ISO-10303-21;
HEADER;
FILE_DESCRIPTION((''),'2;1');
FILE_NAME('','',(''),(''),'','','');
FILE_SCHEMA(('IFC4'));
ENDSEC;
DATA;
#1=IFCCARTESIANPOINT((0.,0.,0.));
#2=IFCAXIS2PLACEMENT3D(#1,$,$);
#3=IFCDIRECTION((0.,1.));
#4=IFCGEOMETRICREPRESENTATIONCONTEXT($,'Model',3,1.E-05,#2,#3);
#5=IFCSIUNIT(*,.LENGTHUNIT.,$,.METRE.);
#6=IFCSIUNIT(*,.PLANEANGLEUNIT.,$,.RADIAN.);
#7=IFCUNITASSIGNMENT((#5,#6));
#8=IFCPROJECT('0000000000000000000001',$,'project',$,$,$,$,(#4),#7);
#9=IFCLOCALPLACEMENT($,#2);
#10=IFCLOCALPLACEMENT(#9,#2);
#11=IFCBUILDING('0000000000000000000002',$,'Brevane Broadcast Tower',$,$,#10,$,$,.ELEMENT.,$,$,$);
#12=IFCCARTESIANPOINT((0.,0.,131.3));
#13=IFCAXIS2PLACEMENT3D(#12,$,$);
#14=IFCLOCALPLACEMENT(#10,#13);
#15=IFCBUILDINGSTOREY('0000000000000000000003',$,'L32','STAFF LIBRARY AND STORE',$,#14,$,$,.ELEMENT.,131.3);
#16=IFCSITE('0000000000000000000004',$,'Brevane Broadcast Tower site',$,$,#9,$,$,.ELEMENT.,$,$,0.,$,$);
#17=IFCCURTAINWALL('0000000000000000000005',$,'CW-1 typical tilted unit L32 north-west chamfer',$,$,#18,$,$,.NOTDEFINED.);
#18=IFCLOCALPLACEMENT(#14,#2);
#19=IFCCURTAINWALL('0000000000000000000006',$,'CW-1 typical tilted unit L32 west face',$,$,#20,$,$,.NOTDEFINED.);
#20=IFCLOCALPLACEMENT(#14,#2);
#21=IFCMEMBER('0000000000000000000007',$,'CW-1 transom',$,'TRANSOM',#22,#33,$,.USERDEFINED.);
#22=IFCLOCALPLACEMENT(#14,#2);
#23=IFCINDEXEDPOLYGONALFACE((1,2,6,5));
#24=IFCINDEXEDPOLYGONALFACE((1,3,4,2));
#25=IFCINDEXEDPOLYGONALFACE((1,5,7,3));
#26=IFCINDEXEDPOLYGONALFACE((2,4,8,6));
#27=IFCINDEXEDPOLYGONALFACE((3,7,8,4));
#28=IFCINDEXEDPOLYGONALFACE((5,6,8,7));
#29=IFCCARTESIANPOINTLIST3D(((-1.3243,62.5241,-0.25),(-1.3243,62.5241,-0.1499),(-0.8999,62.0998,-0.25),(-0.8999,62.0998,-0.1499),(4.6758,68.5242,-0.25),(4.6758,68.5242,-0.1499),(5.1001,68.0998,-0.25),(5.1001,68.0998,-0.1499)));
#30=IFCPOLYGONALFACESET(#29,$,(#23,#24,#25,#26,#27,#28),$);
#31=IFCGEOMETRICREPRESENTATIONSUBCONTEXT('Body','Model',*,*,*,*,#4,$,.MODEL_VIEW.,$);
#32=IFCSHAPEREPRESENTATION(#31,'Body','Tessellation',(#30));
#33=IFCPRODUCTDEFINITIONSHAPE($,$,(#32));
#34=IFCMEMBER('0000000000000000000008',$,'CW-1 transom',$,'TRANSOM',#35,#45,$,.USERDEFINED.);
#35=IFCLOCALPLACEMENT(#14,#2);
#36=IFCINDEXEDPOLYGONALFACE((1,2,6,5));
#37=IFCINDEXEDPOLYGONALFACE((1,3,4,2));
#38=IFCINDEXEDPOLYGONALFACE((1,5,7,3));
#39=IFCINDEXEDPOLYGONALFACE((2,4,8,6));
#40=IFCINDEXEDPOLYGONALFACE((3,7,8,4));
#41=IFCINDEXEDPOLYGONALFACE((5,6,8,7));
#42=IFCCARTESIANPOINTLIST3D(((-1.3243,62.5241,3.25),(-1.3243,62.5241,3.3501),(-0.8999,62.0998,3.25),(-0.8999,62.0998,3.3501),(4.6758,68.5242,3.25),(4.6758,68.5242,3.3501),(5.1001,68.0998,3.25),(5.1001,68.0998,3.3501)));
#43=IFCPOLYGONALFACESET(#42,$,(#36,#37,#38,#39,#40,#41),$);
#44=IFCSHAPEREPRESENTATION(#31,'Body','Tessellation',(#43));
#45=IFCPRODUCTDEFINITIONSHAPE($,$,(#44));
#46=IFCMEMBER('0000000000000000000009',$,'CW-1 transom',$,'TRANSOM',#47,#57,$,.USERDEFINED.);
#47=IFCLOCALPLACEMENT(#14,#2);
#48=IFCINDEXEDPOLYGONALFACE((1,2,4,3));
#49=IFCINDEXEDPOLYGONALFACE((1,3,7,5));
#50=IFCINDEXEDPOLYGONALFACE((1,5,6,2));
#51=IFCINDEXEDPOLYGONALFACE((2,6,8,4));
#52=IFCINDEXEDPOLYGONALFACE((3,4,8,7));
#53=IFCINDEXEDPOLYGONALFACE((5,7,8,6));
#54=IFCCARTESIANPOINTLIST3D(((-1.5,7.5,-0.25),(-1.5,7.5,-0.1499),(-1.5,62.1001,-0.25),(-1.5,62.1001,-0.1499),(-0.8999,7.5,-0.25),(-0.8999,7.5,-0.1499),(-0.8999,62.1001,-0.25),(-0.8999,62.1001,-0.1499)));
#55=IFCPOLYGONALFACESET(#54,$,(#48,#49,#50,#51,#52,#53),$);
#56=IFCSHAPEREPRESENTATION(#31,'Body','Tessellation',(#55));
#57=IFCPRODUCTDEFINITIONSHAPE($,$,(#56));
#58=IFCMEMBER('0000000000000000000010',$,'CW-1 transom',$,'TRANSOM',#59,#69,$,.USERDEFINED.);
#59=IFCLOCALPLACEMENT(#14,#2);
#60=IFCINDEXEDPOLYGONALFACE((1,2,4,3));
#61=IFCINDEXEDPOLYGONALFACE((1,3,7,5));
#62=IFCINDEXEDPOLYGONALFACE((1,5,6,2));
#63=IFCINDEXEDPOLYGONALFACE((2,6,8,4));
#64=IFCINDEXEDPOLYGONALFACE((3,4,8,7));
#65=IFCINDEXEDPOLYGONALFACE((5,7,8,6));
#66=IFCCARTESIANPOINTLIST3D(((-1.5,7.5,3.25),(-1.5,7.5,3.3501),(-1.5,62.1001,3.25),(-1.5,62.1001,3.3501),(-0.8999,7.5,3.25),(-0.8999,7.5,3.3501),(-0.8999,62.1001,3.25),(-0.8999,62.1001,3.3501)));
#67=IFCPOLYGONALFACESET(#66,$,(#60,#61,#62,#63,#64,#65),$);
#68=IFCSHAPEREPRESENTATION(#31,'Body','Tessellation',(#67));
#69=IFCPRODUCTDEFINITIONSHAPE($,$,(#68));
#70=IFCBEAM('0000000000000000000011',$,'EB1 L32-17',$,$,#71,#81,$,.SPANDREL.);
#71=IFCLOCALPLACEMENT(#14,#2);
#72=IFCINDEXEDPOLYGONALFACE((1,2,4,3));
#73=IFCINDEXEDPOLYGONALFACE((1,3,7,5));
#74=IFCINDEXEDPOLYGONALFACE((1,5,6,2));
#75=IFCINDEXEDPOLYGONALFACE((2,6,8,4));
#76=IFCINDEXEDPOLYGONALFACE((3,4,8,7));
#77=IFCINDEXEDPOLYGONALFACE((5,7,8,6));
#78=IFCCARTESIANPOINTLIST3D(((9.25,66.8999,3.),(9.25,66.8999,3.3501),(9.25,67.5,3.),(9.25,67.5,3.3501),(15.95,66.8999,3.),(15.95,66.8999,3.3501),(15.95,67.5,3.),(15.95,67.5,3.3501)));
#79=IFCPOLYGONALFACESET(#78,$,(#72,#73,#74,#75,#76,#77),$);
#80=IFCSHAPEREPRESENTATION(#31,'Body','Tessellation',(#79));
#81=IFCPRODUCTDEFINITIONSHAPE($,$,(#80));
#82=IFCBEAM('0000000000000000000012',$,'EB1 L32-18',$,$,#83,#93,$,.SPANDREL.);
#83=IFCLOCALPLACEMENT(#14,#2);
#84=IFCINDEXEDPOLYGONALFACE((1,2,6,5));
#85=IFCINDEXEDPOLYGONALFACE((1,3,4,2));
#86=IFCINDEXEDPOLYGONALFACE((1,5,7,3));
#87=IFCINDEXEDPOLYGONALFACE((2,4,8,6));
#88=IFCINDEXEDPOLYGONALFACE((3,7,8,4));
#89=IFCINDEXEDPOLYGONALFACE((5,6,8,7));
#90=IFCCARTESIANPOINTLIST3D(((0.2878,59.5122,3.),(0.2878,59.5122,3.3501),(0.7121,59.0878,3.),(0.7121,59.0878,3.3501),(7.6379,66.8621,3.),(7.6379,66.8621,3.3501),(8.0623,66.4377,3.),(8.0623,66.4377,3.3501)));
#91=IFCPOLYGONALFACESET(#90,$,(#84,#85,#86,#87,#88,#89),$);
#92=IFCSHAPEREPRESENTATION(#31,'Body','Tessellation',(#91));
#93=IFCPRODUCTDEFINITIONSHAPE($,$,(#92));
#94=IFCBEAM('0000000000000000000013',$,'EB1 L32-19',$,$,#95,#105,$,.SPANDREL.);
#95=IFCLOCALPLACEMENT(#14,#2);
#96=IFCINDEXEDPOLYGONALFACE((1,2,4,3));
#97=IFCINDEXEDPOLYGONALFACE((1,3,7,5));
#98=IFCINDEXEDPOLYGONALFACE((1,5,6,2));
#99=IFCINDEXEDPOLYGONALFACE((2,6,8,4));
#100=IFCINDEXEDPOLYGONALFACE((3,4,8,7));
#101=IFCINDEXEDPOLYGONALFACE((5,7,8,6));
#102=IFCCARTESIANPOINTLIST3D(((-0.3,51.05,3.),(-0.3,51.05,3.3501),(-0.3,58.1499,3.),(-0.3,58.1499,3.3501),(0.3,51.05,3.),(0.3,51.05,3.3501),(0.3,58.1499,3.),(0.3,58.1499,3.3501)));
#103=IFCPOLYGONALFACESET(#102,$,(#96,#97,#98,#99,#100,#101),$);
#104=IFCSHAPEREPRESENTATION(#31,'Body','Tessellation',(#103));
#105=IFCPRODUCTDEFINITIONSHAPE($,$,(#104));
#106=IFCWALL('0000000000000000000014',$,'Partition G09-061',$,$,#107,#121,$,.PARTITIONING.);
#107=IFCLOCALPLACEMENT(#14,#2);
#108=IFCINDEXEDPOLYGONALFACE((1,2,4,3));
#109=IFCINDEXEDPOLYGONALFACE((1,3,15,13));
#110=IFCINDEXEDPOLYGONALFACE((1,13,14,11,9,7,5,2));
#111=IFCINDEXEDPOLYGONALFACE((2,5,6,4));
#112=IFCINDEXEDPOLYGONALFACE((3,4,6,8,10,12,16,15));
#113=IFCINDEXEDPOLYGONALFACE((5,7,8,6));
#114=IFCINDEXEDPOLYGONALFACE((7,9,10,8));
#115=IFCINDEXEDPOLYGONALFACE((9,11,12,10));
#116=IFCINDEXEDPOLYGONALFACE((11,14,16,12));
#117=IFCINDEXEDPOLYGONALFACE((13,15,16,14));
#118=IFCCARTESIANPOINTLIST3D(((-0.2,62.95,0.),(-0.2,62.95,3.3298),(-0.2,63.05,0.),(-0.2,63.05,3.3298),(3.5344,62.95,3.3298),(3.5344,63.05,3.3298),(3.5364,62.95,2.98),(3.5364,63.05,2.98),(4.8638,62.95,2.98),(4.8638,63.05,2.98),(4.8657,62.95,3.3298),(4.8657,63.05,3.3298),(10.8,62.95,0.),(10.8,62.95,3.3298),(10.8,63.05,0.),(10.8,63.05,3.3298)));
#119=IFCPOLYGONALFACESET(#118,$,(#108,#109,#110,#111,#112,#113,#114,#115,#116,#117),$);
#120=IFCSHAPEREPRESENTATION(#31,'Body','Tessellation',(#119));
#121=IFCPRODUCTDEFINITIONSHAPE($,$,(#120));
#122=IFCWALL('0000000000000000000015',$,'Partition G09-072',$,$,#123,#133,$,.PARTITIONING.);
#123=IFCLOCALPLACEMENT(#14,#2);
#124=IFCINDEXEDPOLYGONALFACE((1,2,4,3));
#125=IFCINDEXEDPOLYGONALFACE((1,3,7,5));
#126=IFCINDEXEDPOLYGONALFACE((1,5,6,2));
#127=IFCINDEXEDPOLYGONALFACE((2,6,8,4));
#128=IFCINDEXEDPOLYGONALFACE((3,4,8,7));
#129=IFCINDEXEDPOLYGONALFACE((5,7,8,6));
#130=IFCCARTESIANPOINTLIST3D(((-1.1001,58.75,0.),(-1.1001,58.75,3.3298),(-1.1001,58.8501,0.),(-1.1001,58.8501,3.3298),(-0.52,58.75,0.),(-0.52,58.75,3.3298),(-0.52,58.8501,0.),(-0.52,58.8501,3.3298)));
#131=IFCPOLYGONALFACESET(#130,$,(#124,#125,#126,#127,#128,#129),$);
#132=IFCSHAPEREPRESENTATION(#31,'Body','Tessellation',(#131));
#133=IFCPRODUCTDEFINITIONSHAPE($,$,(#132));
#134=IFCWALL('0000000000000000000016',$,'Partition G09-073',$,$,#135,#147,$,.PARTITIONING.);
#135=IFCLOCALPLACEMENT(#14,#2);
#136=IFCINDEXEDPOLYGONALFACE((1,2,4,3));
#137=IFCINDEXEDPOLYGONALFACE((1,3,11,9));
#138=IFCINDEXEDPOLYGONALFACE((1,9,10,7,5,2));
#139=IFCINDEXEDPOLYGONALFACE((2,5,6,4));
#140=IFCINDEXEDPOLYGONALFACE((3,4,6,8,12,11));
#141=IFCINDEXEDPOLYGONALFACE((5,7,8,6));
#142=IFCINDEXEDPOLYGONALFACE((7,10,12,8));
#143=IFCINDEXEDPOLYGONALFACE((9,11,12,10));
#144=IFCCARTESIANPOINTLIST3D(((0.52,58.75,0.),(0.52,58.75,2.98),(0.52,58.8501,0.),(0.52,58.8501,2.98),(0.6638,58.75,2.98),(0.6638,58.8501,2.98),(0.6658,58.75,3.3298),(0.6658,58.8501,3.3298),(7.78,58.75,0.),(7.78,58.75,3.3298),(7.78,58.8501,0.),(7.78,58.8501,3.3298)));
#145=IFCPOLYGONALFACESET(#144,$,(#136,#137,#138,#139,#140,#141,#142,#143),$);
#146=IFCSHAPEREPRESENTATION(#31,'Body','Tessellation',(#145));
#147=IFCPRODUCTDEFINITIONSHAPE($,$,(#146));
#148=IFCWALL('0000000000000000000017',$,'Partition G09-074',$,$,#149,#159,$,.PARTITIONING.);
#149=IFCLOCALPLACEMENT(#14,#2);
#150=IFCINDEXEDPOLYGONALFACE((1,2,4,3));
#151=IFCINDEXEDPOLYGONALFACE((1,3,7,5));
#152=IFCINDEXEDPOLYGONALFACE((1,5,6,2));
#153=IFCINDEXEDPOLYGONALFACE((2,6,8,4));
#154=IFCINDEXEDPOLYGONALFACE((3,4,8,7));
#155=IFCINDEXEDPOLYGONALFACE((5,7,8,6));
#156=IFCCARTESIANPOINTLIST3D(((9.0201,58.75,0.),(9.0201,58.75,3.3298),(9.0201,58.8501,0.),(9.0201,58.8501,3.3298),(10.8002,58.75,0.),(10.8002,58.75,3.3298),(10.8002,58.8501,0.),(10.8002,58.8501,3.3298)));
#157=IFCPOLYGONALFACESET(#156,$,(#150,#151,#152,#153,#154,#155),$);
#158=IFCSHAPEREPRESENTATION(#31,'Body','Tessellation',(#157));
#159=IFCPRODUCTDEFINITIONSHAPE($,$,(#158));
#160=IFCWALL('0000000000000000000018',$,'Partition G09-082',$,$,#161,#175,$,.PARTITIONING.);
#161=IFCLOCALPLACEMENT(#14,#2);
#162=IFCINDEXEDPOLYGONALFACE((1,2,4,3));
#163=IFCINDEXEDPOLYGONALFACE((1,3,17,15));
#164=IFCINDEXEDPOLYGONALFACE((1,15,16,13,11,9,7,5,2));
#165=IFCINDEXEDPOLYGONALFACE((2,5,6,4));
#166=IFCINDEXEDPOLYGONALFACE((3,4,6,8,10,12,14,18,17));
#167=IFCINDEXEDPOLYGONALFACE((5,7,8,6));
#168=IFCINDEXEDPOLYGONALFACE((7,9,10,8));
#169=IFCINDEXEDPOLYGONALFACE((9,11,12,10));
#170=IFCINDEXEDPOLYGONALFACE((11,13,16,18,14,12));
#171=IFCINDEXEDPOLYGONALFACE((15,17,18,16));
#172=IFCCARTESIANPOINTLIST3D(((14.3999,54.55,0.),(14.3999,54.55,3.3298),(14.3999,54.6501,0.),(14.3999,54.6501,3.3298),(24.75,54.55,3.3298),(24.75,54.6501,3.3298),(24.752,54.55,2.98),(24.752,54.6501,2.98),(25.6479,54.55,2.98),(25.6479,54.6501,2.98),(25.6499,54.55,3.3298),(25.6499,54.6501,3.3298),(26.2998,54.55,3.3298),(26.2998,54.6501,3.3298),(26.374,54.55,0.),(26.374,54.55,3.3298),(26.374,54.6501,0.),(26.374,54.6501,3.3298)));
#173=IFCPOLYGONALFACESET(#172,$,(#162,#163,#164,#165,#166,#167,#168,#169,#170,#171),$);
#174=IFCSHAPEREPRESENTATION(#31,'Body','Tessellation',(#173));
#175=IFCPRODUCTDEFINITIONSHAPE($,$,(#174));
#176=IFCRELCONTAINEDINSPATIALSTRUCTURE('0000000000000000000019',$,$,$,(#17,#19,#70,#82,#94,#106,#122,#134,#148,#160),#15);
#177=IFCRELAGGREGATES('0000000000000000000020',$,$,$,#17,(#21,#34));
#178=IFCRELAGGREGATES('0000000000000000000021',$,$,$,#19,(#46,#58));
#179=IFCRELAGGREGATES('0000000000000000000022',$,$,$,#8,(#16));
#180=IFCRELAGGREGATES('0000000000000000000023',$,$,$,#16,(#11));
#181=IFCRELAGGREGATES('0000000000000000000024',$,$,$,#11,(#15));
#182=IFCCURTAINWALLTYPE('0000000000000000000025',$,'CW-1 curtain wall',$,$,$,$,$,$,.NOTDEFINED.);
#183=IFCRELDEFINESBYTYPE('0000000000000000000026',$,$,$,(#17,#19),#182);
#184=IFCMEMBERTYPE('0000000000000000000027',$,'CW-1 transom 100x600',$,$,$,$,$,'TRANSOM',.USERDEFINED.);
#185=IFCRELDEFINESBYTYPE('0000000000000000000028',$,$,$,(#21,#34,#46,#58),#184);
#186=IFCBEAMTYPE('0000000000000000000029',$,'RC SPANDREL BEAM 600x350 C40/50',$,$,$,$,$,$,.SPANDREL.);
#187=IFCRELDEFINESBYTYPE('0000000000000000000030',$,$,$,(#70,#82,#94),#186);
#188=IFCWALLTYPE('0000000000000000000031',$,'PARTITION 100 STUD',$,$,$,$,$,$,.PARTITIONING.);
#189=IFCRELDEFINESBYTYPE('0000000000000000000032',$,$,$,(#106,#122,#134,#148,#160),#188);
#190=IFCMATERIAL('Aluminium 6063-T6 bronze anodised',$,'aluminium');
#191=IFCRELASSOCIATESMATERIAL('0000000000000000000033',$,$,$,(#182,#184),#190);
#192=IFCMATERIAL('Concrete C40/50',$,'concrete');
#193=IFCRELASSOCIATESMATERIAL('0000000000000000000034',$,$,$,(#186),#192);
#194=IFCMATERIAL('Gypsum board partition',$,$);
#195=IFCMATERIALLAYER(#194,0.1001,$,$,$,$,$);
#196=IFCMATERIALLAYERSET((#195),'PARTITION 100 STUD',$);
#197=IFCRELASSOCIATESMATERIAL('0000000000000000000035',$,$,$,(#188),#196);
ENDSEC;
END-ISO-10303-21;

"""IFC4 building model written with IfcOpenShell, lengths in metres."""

from ifc_helpers import new_model, si_unit, direction, frame, frame_2d, origin, origin_2d, place, context, subcontext, project, spatial, polyline, rectangle, outline, extrude, material, layer, layer_set, material_profile, profile_set, type_object, element, aggregate, save


model = new_model("IFC4")

# Units and contexts
model_context = context("Model", 3, precision=1e-05, world=origin(), true_north=direction((0.0, 1.0)))
body_context = subcontext(model_context, "Body", "Model", "MODEL_VIEW")
ifc_project = project(units=[si_unit("LENGTHUNIT", "METRE"), si_unit("PLANEANGLEUNIT", "RADIAN")], contexts=[model_context])

# Site, building, storey
site_placement = place(None, origin())
site = spatial("IfcSite", under=ifc_project, at=site_placement, Name="Brevane Broadcast Tower site", CompositionType="ELEMENT", RefElevation=0.0)
building_placement = place(site_placement, origin())
building = spatial("IfcBuilding", under=site, at=building_placement, Name="Brevane Broadcast Tower", CompositionType="ELEMENT")
storey_placement = place(building_placement, frame((0.0, 0.0, 131.3)))
storey = spatial("IfcBuildingStorey", under=building, at=storey_placement, Name="L32", Description="STAFF LIBRARY AND STORE", CompositionType="ELEMENT", Elevation=131.3)

# Curtain walls
ifc_material_1 = material(Name="Aluminium 6063-T6 bronze anodised", Category="aluminium")
curtain_wall_type = type_object("IfcCurtainWallType", Name="CW-1 curtain wall", PredefinedType="NOTDEFINED", material=ifc_material_1)
curtain_wall_1_placement = place(storey_placement, origin())
curtain_wall_1 = element("IfcCurtainWall", 1, at=curtain_wall_1_placement, inside=storey, type_object=curtain_wall_type, Name="CW-1 typical tilted unit L32 north-west chamfer", PredefinedType="NOTDEFINED")
curtain_wall_2_placement = place(storey_placement, origin())
curtain_wall_2 = element("IfcCurtainWall", 2, at=curtain_wall_2_placement, inside=storey, type_object=curtain_wall_type, Name="CW-1 typical tilted unit L32 west face", PredefinedType="NOTDEFINED")

# Members
ifc_material_profile_1 = material_profile(ifc_material_1, rectangle(XDim=0.6001, YDim=0.1001, at=origin_2d()), Name="RECT 100x600")
ifc_profile_set_1 = profile_set([ifc_material_profile_1], Name="Aluminium 6063-T6 bronze anodised")
member_type_1 = type_object("IfcMemberType", Name="CW-1 transom 100x600", ElementType="TRANSOM", PredefinedType="USERDEFINED", material=ifc_profile_set_1)
member_1_placement = place(storey_placement, frame((4.8879, 68.312, -0.2), z_axis=(-0.707107, -0.707107, 0.0), x_axis=(0.707107, -0.707107, 0.0)))
member_1 = element("IfcMember", 3, at=member_1_placement, type_object=member_type_1, Name="CW-1 transom", ObjectType="TRANSOM", PredefinedType="USERDEFINED", context=body_context, shape_type="SweptSolid", body=[
    extrude(rectangle(XDim=0.6001, YDim=0.1001, at=origin_2d()), origin(), (0.0, 0.0, 1.0), 8.4854),
])
member_2_placement = place(storey_placement, frame((4.8879, 68.312, 3.3), z_axis=(-0.707107, -0.707107, 0.0), x_axis=(0.707107, -0.707107, 0.0)))
member_2 = element("IfcMember", 4, at=member_2_placement, type_object=member_type_1, Name="CW-1 transom", ObjectType="TRANSOM", PredefinedType="USERDEFINED", context=body_context, shape_type="SweptSolid", body=[
    extrude(rectangle(XDim=0.6001, YDim=0.1001, at=origin_2d()), origin(), (0.0, 0.0, 1.0), 8.4854),
])
aggregate(curtain_wall_1, [member_1, member_2])
member_3_placement = place(storey_placement, frame((-1.2, 62.1001, -0.2), z_axis=(0.0, -1.0, 0.0), x_axis=(1.0, 0.0, 0.0)))
member_3 = element("IfcMember", 5, at=member_3_placement, type_object=member_type_1, Name="CW-1 transom", ObjectType="TRANSOM", PredefinedType="USERDEFINED", context=body_context, shape_type="SweptSolid", body=[
    extrude(rectangle(XDim=0.6001, YDim=0.1001, at=origin_2d()), origin(), (0.0, 0.0, 1.0), 54.6001),
])
member_4_placement = place(storey_placement, frame((-1.2, 62.1001, 3.3), z_axis=(0.0, -1.0, 0.0), x_axis=(1.0, 0.0, 0.0)))
member_4 = element("IfcMember", 6, at=member_4_placement, type_object=member_type_1, Name="CW-1 transom", ObjectType="TRANSOM", PredefinedType="USERDEFINED", context=body_context, shape_type="SweptSolid", body=[
    extrude(rectangle(XDim=0.6001, YDim=0.1001, at=origin_2d()), origin(), (0.0, 0.0, 1.0), 54.6001),
])
aggregate(curtain_wall_2, [member_3, member_4])

# Beams
ifc_material_2 = material(Name="Concrete C40/50", Category="concrete")
ifc_material_profile_2 = material_profile(ifc_material_2, rectangle(XDim=0.6001, YDim=0.3501, at=origin_2d()), Name="RC 600x350")
ifc_profile_set_2 = profile_set([ifc_material_profile_2], Name="Concrete C40/50")
beam_type = type_object("IfcBeamType", Name="RC SPANDREL BEAM 600x350 C40/50", PredefinedType="SPANDREL", material=ifc_profile_set_2)
beam_1_placement = place(storey_placement, frame((15.95, 67.2, 3.175), z_axis=(-1.0, 0.0, 0.0), x_axis=(0.0, -1.0, 0.0)))
element("IfcBeam", 7, at=beam_1_placement, inside=storey, type_object=beam_type, Name="EB1 L32-17", PredefinedType="SPANDREL", context=body_context, shape_type="SweptSolid", body=[
    extrude(rectangle(XDim=0.6001, YDim=0.3501, at=origin_2d()), origin(), (0.0, 0.0, 1.0), 6.7),
])
beam_2_placement = place(storey_placement, frame((7.8501, 66.6499, 3.175), z_axis=(-0.707119, -0.707095, 0.0), x_axis=(0.707095, -0.707119, 0.0)))
element("IfcBeam", 8, at=beam_2_placement, inside=storey, type_object=beam_type, Name="EB1 L32-18", PredefinedType="SPANDREL", context=body_context, shape_type="SweptSolid", body=[
    extrude(rectangle(XDim=0.6001, YDim=0.3501, at=origin_2d()), origin(), (0.0, 0.0, 1.0), 10.3945),
])
beam_3_placement = place(storey_placement, frame((0.0, 58.1499, 3.175), z_axis=(0.0, -1.0, 0.0), x_axis=(1.0, 0.0, 0.0)))
element("IfcBeam", 9, at=beam_3_placement, inside=storey, type_object=beam_type, Name="EB1 L32-19", PredefinedType="SPANDREL", context=body_context, shape_type="SweptSolid", body=[
    extrude(rectangle(XDim=0.6001, YDim=0.3501, at=origin_2d()), origin(), (0.0, 0.0, 1.0), 7.0999),
])

# Walls
ifc_material_3 = material(Name="Gypsum board partition")
ifc_layer_1 = layer(ifc_material_3, 0.1001)
ifc_layer_set_1 = layer_set([ifc_layer_1], Name="PARTITION 100 STUD")
wall_type_1 = type_object("IfcWallType", Name="PARTITION 100 STUD", PredefinedType="PARTITIONING", material=ifc_layer_set_1)
wall_1_placement = place(storey_placement, frame((10.8, 63.0, 0.0), z_axis=(0.0, 0.0, 1.0), x_axis=(-1.0, 0.0, 0.0)))
element("IfcWall", 10, at=wall_1_placement, inside=storey, type_object=wall_type_1, Name="Partition G09-061", PredefinedType="PARTITIONING", context=body_context, shape_type="SweptSolid", body=[
    extrude(outline(polyline([(0.0, 0.0), (11.0, 0.0), (11.0, 3.3298), (7.2656, 3.3298), (7.2637, 2.98), (5.9363, 2.98), (5.9343, 3.3298), (0.0, 3.3298), (0.0, 0.0)])), frame((0.0, 0.05, 0.0), z_axis=(0.0, -1.0, 0.0), x_axis=(1.0, 0.0, 0.0)), (0.0, 0.0, 1.0), 0.1001),
])
wall_2_placement = place(storey_placement, frame((-1.1001, 58.8, 0.0), z_axis=(0.0, 0.0, 1.0), x_axis=(1.0, 0.0, 0.0)))
element("IfcWall", 11, at=wall_2_placement, inside=storey, type_object=wall_type_1, Name="Partition G09-072", PredefinedType="PARTITIONING", context=body_context, shape_type="SweptSolid", body=[
    extrude(rectangle(XDim=0.5801, YDim=0.1001, at=frame_2d((0.29, 0.0))), origin(), (0.0, 0.0, 1.0), 3.3298),
])
wall_3_placement = place(storey_placement, frame((0.52, 58.8, 0.0), z_axis=(0.0, 0.0, 1.0), x_axis=(1.0, 0.0, 0.0)))
element("IfcWall", 12, at=wall_3_placement, inside=storey, type_object=wall_type_1, Name="Partition G09-073", PredefinedType="PARTITIONING", context=body_context, shape_type="SweptSolid", body=[
    extrude(outline(polyline([(0.0, 0.0), (7.26, 0.0), (7.26, 3.3298), (0.1458, 3.3298), (0.1438, 2.98), (0.0, 2.98), (0.0, 0.0)])), frame((0.0, 0.05, 0.0), z_axis=(0.0, -1.0, 0.0), x_axis=(1.0, 0.0, 0.0)), (0.0, 0.0, 1.0), 0.1001),
])
wall_4_placement = place(storey_placement, frame((9.02, 58.8, 0.0), z_axis=(0.0, 0.0, 1.0), x_axis=(1.0, 0.0, 0.0)))
element("IfcWall", 13, at=wall_4_placement, inside=storey, type_object=wall_type_1, Name="Partition G09-074", PredefinedType="PARTITIONING", context=body_context, shape_type="SweptSolid", body=[
    extrude(rectangle(XDim=1.78, YDim=0.1001, at=frame_2d((0.8901, 0.0))), origin(), (0.0, 0.0, 1.0), 3.3298),
])
wall_5_placement = place(storey_placement, frame((14.3999, 54.6001, 0.0), z_axis=(0.0, 0.0, 1.0), x_axis=(1.0, 0.0, 0.0)))
element("IfcWall", 14, at=wall_5_placement, inside=storey, type_object=wall_type_1, Name="Partition G09-082", PredefinedType="PARTITIONING", context=body_context, shape_type="SweptSolid", body=[
    extrude(outline(polyline([(0.0, 0.0), (11.9741, 0.0), (11.9741, 3.3298), (11.8999, 3.3298), (11.25, 3.3298), (11.248, 2.98), (10.3521, 2.98), (10.3501, 3.3298), (0.0, 3.3298), (0.0, 0.0)])), frame((0.0, 0.05, 0.0), z_axis=(0.0, -1.0, 0.0), x_axis=(1.0, 0.0, 0.0)), (0.0, 0.0, 1.0), 0.1001),
])

save(model, "model.ifc")
